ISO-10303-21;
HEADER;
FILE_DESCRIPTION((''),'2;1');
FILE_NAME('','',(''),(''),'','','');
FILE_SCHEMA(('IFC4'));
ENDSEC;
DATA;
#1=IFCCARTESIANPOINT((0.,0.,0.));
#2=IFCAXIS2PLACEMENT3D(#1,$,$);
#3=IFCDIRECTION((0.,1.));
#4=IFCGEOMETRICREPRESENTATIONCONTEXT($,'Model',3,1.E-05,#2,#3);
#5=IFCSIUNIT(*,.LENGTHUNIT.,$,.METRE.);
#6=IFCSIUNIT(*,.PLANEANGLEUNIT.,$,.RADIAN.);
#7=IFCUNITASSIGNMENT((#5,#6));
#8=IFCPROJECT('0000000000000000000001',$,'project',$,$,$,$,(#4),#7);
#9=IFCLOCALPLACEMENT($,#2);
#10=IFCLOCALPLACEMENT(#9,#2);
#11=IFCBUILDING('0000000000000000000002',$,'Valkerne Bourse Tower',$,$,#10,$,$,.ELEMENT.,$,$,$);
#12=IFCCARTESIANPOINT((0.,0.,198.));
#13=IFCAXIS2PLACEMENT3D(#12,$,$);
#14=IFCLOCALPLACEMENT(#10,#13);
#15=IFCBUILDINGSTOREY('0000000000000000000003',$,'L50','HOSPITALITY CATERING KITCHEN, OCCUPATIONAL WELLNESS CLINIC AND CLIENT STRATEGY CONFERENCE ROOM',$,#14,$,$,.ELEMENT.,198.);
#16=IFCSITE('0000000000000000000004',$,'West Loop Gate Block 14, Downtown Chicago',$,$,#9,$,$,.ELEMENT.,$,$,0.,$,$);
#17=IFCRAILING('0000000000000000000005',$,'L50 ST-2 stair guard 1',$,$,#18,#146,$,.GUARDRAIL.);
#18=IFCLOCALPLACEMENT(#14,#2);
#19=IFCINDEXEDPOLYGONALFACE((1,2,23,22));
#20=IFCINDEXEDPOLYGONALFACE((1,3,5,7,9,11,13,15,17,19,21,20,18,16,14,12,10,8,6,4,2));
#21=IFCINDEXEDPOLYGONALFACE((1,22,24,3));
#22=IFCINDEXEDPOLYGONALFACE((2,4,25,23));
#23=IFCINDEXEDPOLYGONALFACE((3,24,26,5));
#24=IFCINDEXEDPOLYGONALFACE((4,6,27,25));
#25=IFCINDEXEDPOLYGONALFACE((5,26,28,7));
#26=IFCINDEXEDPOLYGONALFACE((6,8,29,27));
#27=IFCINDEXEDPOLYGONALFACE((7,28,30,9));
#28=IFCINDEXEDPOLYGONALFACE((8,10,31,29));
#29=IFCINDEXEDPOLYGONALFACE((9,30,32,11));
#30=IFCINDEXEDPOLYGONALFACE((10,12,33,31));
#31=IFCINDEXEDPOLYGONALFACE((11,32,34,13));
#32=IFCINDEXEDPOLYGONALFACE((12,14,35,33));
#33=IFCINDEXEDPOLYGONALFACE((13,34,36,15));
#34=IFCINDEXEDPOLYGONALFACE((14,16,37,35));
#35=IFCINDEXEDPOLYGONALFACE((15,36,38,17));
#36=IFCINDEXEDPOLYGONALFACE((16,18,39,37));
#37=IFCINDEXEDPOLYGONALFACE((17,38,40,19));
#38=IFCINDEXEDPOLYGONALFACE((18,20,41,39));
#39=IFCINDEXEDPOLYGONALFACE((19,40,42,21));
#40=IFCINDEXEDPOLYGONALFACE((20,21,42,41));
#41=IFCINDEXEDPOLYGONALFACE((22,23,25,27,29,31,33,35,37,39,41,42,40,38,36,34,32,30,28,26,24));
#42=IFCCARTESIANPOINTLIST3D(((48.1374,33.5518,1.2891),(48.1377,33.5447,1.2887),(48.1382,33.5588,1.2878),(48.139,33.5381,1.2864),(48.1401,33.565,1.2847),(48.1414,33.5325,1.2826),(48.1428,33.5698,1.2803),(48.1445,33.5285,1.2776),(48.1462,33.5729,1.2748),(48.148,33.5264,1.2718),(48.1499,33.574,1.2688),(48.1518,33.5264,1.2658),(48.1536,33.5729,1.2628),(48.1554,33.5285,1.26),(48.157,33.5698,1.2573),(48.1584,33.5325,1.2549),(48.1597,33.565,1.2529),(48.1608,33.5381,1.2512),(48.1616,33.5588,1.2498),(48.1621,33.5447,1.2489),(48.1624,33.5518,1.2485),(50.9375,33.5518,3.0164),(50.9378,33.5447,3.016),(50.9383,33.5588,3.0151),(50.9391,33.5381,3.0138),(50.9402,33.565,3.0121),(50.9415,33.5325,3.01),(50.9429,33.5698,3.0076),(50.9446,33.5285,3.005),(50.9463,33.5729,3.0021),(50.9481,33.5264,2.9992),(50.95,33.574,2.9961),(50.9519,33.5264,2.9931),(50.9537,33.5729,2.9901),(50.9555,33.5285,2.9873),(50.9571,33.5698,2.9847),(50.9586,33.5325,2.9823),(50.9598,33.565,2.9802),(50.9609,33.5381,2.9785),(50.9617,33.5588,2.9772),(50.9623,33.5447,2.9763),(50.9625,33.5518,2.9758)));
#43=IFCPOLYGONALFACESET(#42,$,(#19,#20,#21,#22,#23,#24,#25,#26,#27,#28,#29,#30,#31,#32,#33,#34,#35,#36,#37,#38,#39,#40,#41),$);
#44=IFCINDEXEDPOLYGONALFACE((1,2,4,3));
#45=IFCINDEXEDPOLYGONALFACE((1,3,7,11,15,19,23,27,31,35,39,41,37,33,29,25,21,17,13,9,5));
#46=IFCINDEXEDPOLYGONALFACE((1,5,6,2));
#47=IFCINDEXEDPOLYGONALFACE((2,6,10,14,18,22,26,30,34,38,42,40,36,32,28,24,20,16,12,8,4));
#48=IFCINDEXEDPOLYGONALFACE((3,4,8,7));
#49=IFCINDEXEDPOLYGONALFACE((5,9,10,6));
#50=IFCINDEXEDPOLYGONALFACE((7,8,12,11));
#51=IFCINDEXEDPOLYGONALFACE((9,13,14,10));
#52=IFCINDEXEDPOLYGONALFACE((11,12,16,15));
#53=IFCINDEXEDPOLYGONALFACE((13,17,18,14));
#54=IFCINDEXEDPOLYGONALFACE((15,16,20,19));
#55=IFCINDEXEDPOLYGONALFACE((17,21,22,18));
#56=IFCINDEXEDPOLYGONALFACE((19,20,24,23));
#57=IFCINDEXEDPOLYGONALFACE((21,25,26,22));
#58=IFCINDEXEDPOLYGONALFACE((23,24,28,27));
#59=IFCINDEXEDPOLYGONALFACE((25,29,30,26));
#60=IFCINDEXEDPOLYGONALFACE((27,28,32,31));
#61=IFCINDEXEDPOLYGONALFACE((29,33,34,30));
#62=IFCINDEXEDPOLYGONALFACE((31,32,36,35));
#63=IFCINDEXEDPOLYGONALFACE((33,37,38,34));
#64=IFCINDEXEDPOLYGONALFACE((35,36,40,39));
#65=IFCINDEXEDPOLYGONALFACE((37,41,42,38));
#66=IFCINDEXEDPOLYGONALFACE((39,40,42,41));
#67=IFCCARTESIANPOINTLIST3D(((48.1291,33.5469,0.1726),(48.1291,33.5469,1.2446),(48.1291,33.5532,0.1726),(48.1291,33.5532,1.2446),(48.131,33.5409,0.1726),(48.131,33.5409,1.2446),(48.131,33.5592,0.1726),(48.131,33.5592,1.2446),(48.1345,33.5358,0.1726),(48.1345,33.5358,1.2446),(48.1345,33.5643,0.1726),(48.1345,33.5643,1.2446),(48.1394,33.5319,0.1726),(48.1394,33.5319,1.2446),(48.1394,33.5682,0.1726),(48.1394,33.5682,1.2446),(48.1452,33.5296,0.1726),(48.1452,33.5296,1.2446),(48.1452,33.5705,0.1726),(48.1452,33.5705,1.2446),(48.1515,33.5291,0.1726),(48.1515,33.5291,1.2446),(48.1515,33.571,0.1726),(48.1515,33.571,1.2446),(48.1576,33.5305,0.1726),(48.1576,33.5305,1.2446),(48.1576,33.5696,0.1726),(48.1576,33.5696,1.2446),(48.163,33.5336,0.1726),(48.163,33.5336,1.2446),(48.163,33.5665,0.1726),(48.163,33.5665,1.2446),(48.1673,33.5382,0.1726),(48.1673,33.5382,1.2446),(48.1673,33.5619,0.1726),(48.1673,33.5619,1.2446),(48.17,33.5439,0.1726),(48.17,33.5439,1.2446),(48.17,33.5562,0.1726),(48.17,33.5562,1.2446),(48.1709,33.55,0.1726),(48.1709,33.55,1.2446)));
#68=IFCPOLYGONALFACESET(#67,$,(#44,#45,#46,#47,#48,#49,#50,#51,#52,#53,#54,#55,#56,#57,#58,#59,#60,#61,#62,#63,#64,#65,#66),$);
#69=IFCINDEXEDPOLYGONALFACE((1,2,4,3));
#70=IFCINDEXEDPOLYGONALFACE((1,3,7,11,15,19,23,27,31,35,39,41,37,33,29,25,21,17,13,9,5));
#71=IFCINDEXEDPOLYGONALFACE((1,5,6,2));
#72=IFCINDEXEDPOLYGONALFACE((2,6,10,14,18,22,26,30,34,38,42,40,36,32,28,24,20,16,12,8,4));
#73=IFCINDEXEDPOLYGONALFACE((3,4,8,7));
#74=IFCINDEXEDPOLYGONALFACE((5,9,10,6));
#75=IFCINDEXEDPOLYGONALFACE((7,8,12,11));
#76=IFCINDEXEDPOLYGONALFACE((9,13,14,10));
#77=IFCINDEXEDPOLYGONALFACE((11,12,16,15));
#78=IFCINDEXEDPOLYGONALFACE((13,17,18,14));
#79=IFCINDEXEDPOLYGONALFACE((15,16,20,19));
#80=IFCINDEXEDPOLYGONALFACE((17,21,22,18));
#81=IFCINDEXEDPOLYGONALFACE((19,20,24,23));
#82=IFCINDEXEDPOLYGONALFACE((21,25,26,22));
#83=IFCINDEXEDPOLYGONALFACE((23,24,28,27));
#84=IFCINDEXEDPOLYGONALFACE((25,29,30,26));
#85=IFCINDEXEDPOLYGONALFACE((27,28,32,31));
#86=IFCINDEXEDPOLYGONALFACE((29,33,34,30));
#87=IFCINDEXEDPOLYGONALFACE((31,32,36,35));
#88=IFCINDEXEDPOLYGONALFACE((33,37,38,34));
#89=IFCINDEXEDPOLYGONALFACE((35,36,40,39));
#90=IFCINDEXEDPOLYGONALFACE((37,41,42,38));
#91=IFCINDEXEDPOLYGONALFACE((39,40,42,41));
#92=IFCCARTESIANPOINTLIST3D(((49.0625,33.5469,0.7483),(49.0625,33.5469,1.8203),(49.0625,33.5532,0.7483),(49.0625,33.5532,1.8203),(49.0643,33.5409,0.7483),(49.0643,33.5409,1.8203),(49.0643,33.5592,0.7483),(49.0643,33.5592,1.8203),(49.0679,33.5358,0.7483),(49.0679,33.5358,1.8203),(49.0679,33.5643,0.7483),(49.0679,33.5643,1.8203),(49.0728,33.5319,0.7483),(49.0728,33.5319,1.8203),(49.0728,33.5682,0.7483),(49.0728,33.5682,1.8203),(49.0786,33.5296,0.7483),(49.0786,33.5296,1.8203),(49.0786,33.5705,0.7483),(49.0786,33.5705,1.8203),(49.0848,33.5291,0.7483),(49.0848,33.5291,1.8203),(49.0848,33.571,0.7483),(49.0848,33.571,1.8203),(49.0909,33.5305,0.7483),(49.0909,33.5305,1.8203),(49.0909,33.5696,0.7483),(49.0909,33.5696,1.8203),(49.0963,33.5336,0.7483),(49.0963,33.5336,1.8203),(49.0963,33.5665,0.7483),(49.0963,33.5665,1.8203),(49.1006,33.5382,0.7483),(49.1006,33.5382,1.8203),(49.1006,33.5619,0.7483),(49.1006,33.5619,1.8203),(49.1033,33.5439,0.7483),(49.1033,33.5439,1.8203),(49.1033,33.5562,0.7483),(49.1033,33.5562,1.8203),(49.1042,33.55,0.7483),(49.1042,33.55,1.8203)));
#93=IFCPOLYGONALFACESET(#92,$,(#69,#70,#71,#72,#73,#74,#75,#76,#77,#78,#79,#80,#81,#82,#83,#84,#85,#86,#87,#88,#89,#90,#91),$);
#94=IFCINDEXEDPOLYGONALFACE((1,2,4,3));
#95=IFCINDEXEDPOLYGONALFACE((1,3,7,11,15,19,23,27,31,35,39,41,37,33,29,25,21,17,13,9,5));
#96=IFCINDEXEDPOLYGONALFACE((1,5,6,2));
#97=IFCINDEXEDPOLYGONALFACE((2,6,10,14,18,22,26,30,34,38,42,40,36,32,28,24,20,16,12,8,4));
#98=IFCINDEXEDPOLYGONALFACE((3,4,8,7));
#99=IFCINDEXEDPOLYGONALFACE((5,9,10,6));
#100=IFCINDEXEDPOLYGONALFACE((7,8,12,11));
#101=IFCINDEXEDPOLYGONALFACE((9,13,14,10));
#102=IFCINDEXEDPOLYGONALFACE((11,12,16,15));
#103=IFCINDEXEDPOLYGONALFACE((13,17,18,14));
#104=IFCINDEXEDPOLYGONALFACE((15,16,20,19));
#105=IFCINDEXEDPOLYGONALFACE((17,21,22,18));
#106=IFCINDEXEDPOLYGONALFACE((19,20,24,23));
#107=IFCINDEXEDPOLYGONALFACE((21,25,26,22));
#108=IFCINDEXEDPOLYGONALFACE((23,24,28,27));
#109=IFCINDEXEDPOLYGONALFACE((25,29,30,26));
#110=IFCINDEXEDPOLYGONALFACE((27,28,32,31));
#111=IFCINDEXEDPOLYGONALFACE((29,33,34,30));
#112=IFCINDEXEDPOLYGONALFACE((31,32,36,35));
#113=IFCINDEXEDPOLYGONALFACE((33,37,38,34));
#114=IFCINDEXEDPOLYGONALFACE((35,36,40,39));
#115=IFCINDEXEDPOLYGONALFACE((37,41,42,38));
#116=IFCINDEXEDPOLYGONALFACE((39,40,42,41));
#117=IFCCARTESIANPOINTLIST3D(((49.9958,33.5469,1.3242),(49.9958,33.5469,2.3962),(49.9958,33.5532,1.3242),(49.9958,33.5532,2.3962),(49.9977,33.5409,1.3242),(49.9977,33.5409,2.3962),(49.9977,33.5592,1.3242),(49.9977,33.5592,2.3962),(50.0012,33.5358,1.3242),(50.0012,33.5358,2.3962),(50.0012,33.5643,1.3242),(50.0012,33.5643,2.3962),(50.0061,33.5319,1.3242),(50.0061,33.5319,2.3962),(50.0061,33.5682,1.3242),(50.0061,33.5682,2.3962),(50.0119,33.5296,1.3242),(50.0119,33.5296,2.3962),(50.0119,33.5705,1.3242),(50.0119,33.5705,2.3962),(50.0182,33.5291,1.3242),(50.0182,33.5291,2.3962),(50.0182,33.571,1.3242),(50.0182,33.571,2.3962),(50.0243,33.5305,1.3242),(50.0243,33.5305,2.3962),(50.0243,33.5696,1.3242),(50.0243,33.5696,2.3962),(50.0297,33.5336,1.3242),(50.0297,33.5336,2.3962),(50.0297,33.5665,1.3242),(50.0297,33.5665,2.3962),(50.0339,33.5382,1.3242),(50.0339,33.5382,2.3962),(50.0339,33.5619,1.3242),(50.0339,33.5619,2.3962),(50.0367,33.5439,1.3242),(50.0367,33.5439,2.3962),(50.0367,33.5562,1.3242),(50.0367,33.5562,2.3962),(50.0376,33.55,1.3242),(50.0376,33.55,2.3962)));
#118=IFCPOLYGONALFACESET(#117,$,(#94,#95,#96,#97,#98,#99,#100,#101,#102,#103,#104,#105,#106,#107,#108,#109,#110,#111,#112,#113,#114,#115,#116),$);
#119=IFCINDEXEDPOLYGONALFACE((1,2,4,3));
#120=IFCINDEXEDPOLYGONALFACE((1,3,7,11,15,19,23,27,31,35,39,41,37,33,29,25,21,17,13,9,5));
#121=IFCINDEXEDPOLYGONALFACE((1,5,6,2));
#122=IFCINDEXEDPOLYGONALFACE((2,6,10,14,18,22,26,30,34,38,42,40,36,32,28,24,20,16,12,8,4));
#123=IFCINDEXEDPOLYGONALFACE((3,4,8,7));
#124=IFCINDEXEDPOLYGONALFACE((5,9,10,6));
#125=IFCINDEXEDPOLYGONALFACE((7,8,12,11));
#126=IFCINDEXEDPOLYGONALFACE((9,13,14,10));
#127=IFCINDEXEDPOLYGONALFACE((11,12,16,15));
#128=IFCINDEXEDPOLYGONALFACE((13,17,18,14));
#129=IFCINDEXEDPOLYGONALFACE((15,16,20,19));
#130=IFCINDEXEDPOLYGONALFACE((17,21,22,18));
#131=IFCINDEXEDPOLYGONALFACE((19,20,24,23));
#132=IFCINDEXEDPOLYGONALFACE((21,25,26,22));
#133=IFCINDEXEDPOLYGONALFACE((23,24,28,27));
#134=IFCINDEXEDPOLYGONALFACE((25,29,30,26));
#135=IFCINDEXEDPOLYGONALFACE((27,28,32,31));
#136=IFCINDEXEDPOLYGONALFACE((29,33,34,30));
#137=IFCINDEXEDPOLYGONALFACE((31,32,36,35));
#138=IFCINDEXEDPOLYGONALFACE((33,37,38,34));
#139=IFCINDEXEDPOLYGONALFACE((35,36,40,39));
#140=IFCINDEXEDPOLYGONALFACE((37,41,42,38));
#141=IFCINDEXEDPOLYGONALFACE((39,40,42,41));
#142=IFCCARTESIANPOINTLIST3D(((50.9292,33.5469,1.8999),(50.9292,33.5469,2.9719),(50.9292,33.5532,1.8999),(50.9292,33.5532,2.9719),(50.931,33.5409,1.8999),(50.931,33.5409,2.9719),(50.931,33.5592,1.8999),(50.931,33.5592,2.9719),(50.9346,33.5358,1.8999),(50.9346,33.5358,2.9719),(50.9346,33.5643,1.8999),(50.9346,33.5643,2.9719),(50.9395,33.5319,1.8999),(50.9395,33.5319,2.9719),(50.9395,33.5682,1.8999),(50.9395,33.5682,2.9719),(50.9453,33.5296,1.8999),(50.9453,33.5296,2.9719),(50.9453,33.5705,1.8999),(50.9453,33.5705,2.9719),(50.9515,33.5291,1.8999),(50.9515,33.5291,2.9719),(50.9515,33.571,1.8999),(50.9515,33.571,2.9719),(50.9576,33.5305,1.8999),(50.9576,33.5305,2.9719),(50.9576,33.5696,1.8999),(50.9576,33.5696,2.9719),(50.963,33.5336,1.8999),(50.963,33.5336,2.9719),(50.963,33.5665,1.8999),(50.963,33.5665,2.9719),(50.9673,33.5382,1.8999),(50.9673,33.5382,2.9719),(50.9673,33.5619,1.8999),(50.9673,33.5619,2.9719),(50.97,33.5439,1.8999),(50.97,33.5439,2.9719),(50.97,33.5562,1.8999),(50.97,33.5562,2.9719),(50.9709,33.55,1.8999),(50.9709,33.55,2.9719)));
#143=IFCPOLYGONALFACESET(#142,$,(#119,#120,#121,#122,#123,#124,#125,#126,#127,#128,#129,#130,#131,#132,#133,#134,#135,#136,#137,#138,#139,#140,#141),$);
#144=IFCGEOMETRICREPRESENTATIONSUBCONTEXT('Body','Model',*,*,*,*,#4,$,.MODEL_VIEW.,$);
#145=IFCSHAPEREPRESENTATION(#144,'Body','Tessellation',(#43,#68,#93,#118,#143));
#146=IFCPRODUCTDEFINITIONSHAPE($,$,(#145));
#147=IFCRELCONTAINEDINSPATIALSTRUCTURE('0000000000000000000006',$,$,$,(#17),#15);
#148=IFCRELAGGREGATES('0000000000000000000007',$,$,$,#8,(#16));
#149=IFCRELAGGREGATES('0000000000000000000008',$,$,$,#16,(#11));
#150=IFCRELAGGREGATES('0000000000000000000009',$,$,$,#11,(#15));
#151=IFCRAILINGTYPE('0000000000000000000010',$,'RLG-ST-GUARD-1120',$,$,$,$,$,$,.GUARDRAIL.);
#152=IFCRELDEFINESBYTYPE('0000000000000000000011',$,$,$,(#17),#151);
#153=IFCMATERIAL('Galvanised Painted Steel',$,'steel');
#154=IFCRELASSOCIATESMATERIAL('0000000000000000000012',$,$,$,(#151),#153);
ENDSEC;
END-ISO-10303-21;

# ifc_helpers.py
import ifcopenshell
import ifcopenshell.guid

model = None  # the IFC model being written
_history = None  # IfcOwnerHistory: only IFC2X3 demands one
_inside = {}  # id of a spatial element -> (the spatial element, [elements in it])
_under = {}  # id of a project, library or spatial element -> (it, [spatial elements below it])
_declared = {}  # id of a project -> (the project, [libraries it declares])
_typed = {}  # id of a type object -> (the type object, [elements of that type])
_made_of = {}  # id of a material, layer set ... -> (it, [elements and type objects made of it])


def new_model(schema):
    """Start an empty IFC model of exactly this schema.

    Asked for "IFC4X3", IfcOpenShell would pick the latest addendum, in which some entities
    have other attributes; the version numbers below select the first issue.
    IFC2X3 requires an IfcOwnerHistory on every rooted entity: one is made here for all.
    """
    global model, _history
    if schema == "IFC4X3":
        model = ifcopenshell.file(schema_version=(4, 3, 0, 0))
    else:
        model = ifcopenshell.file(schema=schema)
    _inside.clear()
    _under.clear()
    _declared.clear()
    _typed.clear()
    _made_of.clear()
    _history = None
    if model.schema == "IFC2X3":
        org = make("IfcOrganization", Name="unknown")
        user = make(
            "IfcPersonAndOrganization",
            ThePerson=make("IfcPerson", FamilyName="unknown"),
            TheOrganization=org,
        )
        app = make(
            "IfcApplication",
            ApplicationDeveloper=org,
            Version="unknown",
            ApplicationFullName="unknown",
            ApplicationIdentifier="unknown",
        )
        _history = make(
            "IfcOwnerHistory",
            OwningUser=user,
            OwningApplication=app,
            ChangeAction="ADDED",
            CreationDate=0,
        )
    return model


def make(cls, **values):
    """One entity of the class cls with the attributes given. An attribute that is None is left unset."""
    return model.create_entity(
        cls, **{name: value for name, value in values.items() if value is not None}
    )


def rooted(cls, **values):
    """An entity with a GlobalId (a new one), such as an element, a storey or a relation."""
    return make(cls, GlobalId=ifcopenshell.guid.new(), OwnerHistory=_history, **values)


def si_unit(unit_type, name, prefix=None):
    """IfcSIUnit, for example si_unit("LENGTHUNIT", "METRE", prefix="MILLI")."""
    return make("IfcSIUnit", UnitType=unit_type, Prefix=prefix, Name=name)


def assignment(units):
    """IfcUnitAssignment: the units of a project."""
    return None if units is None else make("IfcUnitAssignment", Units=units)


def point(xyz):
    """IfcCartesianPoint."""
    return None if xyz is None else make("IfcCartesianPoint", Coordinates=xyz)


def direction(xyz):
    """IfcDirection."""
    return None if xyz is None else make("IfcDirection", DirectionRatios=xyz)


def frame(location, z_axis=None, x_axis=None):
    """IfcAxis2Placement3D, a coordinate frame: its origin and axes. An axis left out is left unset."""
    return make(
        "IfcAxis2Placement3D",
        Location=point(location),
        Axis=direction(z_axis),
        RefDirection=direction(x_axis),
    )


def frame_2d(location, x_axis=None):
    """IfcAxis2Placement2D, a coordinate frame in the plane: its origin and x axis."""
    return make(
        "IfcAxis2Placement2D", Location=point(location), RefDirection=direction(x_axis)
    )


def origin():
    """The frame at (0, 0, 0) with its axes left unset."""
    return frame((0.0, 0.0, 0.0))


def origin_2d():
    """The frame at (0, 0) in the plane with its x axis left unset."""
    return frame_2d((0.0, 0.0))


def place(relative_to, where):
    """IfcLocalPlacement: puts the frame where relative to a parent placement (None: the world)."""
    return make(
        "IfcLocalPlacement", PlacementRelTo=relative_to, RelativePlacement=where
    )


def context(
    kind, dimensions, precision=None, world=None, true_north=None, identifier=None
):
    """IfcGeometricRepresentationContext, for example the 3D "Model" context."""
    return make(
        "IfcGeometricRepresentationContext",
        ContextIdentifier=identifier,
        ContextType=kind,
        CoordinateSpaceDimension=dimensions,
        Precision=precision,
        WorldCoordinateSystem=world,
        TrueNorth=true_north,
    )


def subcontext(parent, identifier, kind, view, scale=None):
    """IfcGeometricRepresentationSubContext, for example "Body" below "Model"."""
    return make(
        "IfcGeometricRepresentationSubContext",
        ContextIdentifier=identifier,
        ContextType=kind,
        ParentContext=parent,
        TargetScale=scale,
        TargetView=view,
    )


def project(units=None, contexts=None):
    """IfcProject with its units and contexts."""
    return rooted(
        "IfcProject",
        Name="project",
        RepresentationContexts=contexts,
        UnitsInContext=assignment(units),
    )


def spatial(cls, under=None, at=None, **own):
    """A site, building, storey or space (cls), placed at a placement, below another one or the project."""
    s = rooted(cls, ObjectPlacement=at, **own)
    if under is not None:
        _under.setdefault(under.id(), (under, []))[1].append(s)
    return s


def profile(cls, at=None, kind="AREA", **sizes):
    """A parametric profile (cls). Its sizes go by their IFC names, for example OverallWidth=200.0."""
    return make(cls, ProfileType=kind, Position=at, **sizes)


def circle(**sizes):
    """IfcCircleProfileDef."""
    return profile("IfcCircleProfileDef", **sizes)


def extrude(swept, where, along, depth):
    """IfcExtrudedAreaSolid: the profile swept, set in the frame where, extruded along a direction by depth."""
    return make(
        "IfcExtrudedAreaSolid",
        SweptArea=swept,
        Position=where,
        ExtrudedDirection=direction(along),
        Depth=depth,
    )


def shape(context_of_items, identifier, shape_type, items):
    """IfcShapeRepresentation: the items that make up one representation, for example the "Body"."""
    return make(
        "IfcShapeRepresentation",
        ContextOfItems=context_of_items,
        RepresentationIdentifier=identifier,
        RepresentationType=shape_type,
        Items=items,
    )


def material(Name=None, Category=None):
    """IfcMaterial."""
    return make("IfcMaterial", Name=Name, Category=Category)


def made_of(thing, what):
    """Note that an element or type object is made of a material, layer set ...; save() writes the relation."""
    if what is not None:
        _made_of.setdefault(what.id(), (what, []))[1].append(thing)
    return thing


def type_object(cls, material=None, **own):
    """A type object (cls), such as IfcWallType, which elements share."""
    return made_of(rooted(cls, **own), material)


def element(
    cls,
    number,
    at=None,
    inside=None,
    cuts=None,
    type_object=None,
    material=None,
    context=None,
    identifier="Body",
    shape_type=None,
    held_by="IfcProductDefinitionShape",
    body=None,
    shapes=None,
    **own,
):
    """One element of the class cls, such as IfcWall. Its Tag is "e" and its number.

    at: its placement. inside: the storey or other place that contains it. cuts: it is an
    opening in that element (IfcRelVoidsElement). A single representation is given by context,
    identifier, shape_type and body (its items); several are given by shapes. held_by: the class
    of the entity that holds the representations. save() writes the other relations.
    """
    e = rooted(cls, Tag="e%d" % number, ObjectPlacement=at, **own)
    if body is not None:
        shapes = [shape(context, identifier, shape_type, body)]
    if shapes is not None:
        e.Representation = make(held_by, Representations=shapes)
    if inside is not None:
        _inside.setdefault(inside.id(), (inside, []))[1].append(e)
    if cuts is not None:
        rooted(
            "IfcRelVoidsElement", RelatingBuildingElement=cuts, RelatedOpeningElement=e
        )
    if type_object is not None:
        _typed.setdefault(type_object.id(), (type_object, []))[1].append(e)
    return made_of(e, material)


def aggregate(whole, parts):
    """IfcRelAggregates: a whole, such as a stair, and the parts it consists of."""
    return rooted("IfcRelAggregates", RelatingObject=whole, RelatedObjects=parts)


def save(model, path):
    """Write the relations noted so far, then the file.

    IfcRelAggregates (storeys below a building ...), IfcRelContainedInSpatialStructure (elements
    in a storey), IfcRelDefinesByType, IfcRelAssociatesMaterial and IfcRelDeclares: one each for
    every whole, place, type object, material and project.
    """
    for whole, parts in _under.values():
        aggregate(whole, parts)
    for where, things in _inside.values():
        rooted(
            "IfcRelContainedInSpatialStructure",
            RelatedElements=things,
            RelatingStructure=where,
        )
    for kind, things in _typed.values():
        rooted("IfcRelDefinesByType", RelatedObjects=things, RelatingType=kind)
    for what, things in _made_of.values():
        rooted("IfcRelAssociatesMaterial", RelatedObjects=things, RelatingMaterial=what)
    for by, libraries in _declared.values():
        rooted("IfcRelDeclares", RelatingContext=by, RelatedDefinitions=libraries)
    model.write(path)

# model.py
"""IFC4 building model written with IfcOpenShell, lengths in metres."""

from ifc_helpers import new_model, si_unit, direction, frame, origin, origin_2d, place, context, subcontext, project, spatial, circle, extrude, material, type_object, element, save


model = new_model("IFC4")

# Units and contexts
model_context = context("Model", 3, precision=1e-05, world=origin(), true_north=direction((0.0, 1.0)))
body_context = subcontext(model_context, "Body", "Model", "MODEL_VIEW")
ifc_project = project(units=[si_unit("LENGTHUNIT", "METRE"), si_unit("PLANEANGLEUNIT", "RADIAN")], contexts=[model_context])

# Site, building, storey
site_placement = place(None, origin())
site = spatial("IfcSite", under=ifc_project, at=site_placement, Name="West Loop Gate Block 14, Downtown Chicago", CompositionType="ELEMENT", RefElevation=0.0)
building_placement = place(site_placement, origin())
building = spatial("IfcBuilding", under=site, at=building_placement, Name="Valkerne Bourse Tower", CompositionType="ELEMENT")
storey_placement = place(building_placement, frame((0.0, 0.0, 198.0)))
storey = spatial("IfcBuildingStorey", under=building, at=storey_placement, Name="L50", Description="HOSPITALITY CATERING KITCHEN, OCCUPATIONAL WELLNESS CLINIC AND CLIENT STRATEGY CONFERENCE ROOM", CompositionType="ELEMENT", Elevation=198.0)

# Shared definitions
ifc_material_1 = material(Name="Galvanised Painted Steel", Category="steel")

# Railing
railing_type_1 = type_object("IfcRailingType", Name="RLG-ST-GUARD-1120", PredefinedType="GUARDRAIL", material=ifc_material_1)
railing_1_placement = place(storey_placement, frame((48.1499, 33.55, 0.1726)))
element("IfcRailing", 1, at=railing_1_placement, inside=storey, type_object=railing_type_1, Name="L50 ST-2 stair guard 1", PredefinedType="GUARDRAIL", context=body_context, shape_type="SweptSolid", body=[
    extrude(circle(Radius=0.0239, at=origin_2d()), frame((0.0, 0.0, 1.0962), z_axis=(0.85109, 0.0, 0.52502), x_axis=(0.0, 1.0, 0.0)), (0.0, 0.0, 1.0), 3.29),
    extrude(circle(Radius=0.021, at=origin_2d()), origin(), (0.0, 0.0, 1.0), 1.072),
    extrude(circle(Radius=0.021, at=origin_2d()), frame((0.9333, 0.0, 0.5757)), (0.0, 0.0, 1.0), 1.072),
    extrude(circle(Radius=0.021, at=origin_2d()), frame((1.8667, 0.0, 1.1516)), (0.0, 0.0, 1.0), 1.072),
    extrude(circle(Radius=0.021, at=origin_2d()), frame((2.8, 0.0, 1.7273)), (0.0, 0.0, 1.0), 1.072),
])

save(model, "model.ifc")
